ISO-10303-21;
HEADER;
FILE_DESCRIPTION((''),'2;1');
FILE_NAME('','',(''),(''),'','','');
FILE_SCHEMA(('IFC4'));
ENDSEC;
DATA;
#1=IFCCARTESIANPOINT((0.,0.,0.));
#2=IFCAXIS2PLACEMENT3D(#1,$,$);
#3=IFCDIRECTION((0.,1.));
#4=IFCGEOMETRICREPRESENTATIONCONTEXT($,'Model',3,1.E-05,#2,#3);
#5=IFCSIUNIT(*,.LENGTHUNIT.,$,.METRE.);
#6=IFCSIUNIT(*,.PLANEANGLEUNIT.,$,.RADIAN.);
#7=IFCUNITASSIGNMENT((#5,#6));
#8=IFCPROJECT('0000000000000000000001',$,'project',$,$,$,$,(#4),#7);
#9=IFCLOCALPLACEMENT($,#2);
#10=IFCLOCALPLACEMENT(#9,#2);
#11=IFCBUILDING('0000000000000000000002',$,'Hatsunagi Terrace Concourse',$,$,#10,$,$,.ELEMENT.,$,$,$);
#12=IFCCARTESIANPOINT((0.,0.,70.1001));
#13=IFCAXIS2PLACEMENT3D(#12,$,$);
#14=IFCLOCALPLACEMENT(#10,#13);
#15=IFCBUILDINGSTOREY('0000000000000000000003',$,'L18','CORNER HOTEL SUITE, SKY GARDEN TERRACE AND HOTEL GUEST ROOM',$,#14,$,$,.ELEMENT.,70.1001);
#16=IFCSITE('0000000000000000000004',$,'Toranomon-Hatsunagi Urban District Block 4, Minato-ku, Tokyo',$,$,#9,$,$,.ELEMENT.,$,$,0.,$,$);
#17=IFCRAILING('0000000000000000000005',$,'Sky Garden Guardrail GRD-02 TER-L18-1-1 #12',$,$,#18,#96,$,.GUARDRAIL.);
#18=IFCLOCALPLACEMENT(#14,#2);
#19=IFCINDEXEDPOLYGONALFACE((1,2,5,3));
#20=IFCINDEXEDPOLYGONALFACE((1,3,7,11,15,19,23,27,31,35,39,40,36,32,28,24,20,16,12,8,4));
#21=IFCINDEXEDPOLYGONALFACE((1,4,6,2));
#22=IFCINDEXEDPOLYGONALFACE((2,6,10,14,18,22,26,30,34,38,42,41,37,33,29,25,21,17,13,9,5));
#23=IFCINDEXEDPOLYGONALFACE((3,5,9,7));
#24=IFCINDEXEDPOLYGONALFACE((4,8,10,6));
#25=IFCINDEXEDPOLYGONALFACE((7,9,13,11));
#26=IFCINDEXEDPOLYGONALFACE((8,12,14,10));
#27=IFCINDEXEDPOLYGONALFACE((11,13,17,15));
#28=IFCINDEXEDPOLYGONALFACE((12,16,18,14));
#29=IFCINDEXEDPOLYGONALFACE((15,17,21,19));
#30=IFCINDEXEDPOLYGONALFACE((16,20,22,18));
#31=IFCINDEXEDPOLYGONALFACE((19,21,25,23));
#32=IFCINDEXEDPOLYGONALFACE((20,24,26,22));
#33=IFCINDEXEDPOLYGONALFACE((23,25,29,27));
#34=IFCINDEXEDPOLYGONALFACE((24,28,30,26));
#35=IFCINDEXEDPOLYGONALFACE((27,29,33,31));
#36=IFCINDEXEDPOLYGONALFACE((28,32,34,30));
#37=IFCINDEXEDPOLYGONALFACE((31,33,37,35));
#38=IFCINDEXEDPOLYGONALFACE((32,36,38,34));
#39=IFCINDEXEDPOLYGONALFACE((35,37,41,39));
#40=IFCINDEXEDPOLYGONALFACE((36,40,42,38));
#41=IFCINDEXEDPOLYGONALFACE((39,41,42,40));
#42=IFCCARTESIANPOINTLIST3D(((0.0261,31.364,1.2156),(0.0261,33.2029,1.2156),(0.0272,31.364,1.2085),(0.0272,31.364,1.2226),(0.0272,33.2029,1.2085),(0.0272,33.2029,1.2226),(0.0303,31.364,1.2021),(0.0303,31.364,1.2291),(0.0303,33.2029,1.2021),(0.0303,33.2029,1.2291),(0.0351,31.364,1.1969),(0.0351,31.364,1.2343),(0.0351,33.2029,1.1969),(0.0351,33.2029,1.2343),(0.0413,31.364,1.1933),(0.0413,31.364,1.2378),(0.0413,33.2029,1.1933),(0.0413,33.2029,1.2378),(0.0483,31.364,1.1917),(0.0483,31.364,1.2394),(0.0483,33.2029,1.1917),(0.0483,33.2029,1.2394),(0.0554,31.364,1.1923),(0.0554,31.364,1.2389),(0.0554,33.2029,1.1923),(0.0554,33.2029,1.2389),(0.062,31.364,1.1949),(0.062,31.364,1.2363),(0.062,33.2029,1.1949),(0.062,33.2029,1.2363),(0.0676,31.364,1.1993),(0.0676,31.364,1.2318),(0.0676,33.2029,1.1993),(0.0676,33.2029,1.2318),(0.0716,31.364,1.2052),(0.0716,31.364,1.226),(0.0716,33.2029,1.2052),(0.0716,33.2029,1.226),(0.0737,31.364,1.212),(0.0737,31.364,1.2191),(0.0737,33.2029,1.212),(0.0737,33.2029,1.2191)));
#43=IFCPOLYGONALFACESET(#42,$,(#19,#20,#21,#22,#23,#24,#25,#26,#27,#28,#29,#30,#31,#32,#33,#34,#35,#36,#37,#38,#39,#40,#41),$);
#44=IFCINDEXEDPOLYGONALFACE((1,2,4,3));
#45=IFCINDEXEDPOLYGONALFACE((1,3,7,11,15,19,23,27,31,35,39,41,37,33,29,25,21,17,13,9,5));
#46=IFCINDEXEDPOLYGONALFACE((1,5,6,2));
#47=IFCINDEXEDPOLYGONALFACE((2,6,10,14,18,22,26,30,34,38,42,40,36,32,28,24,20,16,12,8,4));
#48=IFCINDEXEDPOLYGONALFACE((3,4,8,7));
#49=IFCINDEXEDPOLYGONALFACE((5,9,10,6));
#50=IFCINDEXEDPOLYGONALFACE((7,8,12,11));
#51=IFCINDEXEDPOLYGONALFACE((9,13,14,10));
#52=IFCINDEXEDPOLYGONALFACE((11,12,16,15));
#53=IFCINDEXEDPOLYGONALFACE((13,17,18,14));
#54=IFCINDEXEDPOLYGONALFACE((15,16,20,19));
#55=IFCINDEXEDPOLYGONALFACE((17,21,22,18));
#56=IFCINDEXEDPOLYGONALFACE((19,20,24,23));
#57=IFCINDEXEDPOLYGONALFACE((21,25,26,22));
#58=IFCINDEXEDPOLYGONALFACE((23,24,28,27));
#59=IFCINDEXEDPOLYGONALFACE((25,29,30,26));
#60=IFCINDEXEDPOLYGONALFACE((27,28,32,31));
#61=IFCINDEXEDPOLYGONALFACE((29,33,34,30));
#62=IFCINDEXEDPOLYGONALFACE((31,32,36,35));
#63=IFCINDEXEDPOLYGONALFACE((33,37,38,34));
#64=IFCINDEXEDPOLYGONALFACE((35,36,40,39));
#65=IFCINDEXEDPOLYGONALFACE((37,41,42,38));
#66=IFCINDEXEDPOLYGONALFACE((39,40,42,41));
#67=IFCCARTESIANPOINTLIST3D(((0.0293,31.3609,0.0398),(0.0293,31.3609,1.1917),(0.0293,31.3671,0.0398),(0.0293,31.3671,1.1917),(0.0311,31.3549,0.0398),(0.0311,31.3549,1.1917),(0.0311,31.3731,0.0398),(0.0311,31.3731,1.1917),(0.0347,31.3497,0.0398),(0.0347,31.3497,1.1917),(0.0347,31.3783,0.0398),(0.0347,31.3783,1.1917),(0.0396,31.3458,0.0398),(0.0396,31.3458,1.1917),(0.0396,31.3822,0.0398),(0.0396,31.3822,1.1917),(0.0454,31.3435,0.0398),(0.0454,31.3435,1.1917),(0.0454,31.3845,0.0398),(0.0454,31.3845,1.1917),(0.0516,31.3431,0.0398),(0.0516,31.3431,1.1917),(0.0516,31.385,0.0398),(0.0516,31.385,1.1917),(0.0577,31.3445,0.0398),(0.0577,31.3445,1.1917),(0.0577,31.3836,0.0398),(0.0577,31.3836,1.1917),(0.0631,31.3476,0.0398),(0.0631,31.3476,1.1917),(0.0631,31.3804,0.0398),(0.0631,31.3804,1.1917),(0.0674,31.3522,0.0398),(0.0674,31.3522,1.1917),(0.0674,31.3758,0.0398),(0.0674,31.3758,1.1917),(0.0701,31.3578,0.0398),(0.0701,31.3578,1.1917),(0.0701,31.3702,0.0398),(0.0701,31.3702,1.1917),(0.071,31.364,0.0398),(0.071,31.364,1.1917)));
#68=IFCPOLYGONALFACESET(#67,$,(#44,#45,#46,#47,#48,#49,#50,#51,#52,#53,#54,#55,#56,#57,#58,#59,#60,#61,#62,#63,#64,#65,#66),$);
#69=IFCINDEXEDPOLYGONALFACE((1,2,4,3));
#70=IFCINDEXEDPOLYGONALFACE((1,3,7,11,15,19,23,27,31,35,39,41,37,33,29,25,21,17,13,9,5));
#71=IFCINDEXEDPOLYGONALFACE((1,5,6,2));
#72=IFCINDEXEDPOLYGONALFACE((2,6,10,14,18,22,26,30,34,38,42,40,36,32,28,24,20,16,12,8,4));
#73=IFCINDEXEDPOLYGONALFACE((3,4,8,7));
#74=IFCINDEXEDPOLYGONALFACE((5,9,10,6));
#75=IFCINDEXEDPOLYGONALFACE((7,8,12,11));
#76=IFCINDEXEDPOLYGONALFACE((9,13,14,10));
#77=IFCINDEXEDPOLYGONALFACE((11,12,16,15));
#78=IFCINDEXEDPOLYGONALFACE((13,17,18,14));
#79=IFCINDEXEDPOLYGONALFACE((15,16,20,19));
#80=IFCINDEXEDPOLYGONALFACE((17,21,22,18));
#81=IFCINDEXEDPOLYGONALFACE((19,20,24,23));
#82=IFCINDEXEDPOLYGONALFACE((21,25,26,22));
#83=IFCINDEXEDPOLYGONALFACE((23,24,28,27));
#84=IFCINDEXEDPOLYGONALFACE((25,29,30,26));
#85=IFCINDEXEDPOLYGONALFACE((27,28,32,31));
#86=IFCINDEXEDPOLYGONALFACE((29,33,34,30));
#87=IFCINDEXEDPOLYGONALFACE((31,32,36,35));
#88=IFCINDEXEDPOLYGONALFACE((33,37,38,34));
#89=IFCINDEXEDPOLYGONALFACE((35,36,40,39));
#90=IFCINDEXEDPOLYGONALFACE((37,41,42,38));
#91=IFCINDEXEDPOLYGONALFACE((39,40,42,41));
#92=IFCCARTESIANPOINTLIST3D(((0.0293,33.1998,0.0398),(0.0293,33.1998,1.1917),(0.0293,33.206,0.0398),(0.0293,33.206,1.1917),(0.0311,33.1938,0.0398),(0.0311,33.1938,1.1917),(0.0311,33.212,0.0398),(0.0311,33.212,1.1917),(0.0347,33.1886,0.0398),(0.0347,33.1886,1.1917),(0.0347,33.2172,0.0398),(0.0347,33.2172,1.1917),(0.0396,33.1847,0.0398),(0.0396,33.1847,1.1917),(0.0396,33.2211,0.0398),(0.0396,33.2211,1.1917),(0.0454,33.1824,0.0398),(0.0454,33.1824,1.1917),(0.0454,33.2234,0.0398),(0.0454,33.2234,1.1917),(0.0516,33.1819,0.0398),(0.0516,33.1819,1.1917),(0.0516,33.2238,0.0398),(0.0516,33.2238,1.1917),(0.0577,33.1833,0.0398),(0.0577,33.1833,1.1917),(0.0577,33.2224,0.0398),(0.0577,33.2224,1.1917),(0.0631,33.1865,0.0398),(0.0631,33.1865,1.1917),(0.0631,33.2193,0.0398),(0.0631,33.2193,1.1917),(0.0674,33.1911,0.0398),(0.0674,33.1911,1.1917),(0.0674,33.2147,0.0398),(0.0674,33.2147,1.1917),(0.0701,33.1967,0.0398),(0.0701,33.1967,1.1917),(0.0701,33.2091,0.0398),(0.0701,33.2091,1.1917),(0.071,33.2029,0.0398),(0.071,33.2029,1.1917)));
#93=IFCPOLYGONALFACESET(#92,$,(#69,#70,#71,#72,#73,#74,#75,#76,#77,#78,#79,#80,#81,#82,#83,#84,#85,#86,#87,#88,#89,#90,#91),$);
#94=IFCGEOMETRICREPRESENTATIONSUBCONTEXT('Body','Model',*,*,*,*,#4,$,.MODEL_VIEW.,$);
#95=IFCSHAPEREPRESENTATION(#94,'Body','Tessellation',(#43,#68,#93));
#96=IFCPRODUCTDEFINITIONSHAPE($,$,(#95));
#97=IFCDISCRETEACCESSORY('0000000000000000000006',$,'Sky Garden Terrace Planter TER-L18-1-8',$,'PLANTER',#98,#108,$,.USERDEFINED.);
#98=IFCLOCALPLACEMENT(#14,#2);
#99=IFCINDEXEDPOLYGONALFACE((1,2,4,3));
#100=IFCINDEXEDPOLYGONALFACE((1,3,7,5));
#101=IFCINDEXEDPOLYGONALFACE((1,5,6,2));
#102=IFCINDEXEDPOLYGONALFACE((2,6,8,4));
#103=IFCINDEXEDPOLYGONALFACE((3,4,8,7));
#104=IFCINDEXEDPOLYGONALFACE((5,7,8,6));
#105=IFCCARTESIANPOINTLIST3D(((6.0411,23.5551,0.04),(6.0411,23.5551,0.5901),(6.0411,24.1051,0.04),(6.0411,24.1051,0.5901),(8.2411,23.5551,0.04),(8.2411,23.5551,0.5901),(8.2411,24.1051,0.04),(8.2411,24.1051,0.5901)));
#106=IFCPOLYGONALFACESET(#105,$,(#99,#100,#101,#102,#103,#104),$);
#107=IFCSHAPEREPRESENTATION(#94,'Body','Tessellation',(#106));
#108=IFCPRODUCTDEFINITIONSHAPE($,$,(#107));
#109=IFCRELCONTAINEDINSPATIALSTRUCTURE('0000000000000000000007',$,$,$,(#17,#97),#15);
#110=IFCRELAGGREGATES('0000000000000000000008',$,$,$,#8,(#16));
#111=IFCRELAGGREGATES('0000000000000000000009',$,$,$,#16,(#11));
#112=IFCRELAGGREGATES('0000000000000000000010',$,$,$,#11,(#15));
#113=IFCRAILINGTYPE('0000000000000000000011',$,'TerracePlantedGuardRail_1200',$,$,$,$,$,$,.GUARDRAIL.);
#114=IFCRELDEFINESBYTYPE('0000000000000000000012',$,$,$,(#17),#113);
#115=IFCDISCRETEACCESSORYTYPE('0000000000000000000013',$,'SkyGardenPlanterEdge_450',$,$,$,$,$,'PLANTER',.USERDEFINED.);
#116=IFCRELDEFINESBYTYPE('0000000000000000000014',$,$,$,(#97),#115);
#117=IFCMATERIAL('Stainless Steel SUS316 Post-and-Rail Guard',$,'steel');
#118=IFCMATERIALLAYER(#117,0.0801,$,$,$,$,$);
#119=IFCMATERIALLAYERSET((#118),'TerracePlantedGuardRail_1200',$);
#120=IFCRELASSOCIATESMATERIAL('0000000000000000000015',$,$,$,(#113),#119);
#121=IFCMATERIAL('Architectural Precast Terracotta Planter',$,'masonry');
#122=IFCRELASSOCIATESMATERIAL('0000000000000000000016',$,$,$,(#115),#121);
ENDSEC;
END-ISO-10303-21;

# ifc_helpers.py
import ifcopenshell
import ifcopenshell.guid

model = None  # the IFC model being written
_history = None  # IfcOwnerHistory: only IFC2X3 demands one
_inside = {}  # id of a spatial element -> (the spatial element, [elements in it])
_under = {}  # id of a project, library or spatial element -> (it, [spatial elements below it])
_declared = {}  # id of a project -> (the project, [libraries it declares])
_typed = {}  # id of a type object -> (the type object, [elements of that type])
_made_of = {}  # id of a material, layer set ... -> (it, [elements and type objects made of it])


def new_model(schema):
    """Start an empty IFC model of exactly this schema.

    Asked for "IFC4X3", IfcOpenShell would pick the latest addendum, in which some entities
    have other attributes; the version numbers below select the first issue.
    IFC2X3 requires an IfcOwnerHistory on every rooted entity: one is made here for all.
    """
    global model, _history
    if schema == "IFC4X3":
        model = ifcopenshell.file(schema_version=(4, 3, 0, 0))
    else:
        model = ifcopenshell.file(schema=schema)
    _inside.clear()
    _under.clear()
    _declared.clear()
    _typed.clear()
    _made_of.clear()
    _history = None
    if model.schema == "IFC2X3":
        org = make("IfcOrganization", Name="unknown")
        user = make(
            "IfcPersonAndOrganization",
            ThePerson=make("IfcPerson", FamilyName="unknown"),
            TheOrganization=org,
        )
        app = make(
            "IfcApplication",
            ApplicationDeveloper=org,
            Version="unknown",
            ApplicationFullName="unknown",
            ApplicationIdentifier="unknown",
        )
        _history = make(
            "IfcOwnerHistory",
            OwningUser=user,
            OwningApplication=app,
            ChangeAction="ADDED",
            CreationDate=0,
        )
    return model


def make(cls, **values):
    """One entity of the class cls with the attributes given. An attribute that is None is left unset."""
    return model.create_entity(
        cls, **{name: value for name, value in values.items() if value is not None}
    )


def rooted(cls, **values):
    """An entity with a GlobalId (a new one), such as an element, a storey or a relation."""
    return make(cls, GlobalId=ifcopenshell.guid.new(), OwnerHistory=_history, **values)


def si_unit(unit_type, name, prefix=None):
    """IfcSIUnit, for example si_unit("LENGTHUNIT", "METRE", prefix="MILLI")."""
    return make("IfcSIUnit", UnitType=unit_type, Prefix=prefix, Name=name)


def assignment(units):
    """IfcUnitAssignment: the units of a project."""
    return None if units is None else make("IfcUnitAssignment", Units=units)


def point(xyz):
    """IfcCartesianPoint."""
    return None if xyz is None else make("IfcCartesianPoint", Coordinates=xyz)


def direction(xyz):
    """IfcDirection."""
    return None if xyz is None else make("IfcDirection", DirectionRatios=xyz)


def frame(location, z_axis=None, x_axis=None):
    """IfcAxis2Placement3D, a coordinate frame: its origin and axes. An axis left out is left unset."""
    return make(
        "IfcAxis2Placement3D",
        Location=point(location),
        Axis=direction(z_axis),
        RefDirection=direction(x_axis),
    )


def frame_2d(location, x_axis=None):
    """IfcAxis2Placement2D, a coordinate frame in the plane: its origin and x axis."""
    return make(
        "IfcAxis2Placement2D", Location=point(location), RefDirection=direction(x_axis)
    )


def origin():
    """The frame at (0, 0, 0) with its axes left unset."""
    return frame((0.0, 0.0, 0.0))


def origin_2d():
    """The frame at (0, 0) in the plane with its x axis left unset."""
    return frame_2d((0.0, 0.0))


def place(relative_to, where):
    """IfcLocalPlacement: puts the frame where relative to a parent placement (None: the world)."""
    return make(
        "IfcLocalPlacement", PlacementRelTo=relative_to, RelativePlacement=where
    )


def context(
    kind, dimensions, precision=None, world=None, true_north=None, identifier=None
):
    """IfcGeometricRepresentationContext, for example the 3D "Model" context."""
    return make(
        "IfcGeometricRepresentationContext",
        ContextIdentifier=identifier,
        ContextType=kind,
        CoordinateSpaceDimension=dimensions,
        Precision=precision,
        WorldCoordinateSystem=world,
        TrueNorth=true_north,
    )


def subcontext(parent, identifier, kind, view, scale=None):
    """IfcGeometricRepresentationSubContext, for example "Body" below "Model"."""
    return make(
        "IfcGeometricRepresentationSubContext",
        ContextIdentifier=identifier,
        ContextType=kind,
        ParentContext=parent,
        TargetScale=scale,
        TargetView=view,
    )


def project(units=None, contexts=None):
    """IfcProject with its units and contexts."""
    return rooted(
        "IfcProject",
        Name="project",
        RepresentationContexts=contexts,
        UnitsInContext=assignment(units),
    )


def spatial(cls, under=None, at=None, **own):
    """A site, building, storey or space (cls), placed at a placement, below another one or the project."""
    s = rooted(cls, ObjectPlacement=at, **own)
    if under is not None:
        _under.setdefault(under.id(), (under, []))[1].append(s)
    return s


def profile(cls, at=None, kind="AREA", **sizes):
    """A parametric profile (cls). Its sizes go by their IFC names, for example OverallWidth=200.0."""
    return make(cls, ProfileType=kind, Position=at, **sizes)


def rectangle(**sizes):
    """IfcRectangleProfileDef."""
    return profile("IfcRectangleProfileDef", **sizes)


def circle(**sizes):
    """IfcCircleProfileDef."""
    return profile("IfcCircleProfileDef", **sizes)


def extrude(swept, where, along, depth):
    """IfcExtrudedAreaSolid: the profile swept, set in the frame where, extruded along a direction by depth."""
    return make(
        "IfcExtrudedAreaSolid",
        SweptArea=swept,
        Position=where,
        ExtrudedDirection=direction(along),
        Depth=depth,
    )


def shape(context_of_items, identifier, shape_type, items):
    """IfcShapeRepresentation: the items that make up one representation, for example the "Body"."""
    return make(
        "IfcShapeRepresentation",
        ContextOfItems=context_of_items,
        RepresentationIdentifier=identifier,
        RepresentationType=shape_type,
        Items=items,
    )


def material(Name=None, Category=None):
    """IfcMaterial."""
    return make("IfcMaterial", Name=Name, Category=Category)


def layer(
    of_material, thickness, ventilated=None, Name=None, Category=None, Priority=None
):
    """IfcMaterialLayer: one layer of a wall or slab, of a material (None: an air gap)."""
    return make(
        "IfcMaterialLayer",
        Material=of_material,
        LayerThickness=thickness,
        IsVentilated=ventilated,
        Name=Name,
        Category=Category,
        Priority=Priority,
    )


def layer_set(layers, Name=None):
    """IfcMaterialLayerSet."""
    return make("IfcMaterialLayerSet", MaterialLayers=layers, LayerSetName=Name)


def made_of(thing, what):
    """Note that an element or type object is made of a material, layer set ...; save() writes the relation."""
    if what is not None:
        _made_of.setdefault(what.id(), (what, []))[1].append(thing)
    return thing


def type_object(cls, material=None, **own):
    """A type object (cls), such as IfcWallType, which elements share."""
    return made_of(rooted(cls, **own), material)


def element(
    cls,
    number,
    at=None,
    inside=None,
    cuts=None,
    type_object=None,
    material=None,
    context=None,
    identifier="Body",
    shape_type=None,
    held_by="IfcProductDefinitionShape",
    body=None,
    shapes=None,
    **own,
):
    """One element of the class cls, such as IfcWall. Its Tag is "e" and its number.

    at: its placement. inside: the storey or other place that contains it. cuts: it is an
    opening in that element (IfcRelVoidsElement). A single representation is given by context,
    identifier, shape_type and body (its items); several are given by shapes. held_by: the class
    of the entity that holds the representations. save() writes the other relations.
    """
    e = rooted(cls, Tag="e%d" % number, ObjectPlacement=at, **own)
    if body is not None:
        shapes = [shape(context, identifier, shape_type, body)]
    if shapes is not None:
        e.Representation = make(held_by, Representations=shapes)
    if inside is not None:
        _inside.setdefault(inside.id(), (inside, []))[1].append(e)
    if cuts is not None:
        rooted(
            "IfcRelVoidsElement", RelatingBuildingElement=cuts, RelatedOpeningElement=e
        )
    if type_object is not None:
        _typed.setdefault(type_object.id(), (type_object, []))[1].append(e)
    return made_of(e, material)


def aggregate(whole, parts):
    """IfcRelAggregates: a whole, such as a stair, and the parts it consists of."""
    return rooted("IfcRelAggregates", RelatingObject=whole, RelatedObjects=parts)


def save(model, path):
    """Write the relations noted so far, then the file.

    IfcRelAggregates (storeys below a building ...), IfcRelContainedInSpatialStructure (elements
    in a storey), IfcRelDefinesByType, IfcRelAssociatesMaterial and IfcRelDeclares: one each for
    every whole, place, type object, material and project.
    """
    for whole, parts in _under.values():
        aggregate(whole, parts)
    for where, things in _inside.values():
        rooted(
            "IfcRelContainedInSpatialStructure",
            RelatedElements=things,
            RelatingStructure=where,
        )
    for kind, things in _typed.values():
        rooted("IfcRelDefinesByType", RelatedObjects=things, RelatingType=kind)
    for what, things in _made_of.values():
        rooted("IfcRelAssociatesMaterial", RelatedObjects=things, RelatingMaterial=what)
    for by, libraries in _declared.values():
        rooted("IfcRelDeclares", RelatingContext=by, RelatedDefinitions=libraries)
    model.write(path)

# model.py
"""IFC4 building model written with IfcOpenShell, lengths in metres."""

from ifc_helpers import new_model, si_unit, direction, frame, origin, origin_2d, place, context, subcontext, project, spatial, rectangle, circle, extrude, material, layer, layer_set, type_object, element, save


model = new_model("IFC4")

# Units and contexts
model_context = context("Model", 3, precision=1e-05, world=origin(), true_north=direction((0.0, 1.0)))
body_context = subcontext(model_context, "Body", "Model", "MODEL_VIEW")
ifc_project = project(units=[si_unit("LENGTHUNIT", "METRE"), si_unit("PLANEANGLEUNIT", "RADIAN")], contexts=[model_context])

# Site, building, storey
site_placement = place(None, origin())
site = spatial("IfcSite", under=ifc_project, at=site_placement, Name="Toranomon-Hatsunagi Urban District Block 4, Minato-ku, Tokyo", CompositionType="ELEMENT", RefElevation=0.0)
building_placement = place(site_placement, origin())
building = spatial("IfcBuilding", under=site, at=building_placement, Name="Hatsunagi Terrace Concourse", CompositionType="ELEMENT")
storey_placement = place(building_placement, frame((0.0, 0.0, 70.1001)))
storey = spatial("IfcBuildingStorey", under=building, at=storey_placement, Name="L18", Description="CORNER HOTEL SUITE, SKY GARDEN TERRACE AND HOTEL GUEST ROOM", CompositionType="ELEMENT", Elevation=70.1001)

# Railing
ifc_material_1 = material(Name="Stainless Steel SUS316 Post-and-Rail Guard", Category="steel")
ifc_layer_1 = layer(ifc_material_1, 0.0801)
ifc_layer_set_1 = layer_set([ifc_layer_1], Name="TerracePlantedGuardRail_1200")
railing_type = type_object("IfcRailingType", Name="TerracePlantedGuardRail_1200", PredefinedType="GUARDRAIL", material=ifc_layer_set_1)
for number, where, name in (
    (1, (0.05, 31.364, 0.0398), "Sky Garden Guardrail GRD-02 TER-L18-1-1 #12"),
):
    element("IfcRailing", number, at=place(storey_placement, frame(where)), inside=storey, type_object=railing_type, Name=name, PredefinedType="GUARDRAIL", context=body_context, shape_type="SweptSolid", body=[
        extrude(circle(Radius=0.0239, at=origin_2d()), frame((0.0, 0.0, 1.1758), z_axis=(0.0, 1.0, 0.0), x_axis=(-1.0, 0.0, 0.0)), (0.0, 0.0, 1.0), 1.8389),
        extrude(circle(Radius=0.021, at=origin_2d()), origin(), (0.0, 0.0, 1.0), 1.1519),
        extrude(circle(Radius=0.021, at=origin_2d()), frame((0.0, 1.8389, 0.0)), (0.0, 0.0, 1.0), 1.1519),
    ])

# Discrete accessory
ifc_material_2 = material(Name="Architectural Precast Terracotta Planter", Category="masonry")
discrete_accessory_type = type_object("IfcDiscreteAccessoryType", Name="SkyGardenPlanterEdge_450", ElementType="PLANTER", PredefinedType="USERDEFINED", material=ifc_material_2)
discrete_accessory_placement = place(storey_placement, frame((7.1411, 23.8301, 0.04), z_axis=(0.0, 0.0, 1.0), x_axis=(-1.0, 0.0, 0.0)))
element("IfcDiscreteAccessory", 2, at=discrete_accessory_placement, inside=storey, type_object=discrete_accessory_type, Name="Sky Garden Terrace Planter TER-L18-1-8", ObjectType="PLANTER", PredefinedType="USERDEFINED", context=body_context, shape_type="SweptSolid", body=[
    extrude(rectangle(XDim=2.2, YDim=0.55, at=origin_2d()), origin(), (0.0, 0.0, 1.0), 0.55),
])

save(model, "model.ifc")
